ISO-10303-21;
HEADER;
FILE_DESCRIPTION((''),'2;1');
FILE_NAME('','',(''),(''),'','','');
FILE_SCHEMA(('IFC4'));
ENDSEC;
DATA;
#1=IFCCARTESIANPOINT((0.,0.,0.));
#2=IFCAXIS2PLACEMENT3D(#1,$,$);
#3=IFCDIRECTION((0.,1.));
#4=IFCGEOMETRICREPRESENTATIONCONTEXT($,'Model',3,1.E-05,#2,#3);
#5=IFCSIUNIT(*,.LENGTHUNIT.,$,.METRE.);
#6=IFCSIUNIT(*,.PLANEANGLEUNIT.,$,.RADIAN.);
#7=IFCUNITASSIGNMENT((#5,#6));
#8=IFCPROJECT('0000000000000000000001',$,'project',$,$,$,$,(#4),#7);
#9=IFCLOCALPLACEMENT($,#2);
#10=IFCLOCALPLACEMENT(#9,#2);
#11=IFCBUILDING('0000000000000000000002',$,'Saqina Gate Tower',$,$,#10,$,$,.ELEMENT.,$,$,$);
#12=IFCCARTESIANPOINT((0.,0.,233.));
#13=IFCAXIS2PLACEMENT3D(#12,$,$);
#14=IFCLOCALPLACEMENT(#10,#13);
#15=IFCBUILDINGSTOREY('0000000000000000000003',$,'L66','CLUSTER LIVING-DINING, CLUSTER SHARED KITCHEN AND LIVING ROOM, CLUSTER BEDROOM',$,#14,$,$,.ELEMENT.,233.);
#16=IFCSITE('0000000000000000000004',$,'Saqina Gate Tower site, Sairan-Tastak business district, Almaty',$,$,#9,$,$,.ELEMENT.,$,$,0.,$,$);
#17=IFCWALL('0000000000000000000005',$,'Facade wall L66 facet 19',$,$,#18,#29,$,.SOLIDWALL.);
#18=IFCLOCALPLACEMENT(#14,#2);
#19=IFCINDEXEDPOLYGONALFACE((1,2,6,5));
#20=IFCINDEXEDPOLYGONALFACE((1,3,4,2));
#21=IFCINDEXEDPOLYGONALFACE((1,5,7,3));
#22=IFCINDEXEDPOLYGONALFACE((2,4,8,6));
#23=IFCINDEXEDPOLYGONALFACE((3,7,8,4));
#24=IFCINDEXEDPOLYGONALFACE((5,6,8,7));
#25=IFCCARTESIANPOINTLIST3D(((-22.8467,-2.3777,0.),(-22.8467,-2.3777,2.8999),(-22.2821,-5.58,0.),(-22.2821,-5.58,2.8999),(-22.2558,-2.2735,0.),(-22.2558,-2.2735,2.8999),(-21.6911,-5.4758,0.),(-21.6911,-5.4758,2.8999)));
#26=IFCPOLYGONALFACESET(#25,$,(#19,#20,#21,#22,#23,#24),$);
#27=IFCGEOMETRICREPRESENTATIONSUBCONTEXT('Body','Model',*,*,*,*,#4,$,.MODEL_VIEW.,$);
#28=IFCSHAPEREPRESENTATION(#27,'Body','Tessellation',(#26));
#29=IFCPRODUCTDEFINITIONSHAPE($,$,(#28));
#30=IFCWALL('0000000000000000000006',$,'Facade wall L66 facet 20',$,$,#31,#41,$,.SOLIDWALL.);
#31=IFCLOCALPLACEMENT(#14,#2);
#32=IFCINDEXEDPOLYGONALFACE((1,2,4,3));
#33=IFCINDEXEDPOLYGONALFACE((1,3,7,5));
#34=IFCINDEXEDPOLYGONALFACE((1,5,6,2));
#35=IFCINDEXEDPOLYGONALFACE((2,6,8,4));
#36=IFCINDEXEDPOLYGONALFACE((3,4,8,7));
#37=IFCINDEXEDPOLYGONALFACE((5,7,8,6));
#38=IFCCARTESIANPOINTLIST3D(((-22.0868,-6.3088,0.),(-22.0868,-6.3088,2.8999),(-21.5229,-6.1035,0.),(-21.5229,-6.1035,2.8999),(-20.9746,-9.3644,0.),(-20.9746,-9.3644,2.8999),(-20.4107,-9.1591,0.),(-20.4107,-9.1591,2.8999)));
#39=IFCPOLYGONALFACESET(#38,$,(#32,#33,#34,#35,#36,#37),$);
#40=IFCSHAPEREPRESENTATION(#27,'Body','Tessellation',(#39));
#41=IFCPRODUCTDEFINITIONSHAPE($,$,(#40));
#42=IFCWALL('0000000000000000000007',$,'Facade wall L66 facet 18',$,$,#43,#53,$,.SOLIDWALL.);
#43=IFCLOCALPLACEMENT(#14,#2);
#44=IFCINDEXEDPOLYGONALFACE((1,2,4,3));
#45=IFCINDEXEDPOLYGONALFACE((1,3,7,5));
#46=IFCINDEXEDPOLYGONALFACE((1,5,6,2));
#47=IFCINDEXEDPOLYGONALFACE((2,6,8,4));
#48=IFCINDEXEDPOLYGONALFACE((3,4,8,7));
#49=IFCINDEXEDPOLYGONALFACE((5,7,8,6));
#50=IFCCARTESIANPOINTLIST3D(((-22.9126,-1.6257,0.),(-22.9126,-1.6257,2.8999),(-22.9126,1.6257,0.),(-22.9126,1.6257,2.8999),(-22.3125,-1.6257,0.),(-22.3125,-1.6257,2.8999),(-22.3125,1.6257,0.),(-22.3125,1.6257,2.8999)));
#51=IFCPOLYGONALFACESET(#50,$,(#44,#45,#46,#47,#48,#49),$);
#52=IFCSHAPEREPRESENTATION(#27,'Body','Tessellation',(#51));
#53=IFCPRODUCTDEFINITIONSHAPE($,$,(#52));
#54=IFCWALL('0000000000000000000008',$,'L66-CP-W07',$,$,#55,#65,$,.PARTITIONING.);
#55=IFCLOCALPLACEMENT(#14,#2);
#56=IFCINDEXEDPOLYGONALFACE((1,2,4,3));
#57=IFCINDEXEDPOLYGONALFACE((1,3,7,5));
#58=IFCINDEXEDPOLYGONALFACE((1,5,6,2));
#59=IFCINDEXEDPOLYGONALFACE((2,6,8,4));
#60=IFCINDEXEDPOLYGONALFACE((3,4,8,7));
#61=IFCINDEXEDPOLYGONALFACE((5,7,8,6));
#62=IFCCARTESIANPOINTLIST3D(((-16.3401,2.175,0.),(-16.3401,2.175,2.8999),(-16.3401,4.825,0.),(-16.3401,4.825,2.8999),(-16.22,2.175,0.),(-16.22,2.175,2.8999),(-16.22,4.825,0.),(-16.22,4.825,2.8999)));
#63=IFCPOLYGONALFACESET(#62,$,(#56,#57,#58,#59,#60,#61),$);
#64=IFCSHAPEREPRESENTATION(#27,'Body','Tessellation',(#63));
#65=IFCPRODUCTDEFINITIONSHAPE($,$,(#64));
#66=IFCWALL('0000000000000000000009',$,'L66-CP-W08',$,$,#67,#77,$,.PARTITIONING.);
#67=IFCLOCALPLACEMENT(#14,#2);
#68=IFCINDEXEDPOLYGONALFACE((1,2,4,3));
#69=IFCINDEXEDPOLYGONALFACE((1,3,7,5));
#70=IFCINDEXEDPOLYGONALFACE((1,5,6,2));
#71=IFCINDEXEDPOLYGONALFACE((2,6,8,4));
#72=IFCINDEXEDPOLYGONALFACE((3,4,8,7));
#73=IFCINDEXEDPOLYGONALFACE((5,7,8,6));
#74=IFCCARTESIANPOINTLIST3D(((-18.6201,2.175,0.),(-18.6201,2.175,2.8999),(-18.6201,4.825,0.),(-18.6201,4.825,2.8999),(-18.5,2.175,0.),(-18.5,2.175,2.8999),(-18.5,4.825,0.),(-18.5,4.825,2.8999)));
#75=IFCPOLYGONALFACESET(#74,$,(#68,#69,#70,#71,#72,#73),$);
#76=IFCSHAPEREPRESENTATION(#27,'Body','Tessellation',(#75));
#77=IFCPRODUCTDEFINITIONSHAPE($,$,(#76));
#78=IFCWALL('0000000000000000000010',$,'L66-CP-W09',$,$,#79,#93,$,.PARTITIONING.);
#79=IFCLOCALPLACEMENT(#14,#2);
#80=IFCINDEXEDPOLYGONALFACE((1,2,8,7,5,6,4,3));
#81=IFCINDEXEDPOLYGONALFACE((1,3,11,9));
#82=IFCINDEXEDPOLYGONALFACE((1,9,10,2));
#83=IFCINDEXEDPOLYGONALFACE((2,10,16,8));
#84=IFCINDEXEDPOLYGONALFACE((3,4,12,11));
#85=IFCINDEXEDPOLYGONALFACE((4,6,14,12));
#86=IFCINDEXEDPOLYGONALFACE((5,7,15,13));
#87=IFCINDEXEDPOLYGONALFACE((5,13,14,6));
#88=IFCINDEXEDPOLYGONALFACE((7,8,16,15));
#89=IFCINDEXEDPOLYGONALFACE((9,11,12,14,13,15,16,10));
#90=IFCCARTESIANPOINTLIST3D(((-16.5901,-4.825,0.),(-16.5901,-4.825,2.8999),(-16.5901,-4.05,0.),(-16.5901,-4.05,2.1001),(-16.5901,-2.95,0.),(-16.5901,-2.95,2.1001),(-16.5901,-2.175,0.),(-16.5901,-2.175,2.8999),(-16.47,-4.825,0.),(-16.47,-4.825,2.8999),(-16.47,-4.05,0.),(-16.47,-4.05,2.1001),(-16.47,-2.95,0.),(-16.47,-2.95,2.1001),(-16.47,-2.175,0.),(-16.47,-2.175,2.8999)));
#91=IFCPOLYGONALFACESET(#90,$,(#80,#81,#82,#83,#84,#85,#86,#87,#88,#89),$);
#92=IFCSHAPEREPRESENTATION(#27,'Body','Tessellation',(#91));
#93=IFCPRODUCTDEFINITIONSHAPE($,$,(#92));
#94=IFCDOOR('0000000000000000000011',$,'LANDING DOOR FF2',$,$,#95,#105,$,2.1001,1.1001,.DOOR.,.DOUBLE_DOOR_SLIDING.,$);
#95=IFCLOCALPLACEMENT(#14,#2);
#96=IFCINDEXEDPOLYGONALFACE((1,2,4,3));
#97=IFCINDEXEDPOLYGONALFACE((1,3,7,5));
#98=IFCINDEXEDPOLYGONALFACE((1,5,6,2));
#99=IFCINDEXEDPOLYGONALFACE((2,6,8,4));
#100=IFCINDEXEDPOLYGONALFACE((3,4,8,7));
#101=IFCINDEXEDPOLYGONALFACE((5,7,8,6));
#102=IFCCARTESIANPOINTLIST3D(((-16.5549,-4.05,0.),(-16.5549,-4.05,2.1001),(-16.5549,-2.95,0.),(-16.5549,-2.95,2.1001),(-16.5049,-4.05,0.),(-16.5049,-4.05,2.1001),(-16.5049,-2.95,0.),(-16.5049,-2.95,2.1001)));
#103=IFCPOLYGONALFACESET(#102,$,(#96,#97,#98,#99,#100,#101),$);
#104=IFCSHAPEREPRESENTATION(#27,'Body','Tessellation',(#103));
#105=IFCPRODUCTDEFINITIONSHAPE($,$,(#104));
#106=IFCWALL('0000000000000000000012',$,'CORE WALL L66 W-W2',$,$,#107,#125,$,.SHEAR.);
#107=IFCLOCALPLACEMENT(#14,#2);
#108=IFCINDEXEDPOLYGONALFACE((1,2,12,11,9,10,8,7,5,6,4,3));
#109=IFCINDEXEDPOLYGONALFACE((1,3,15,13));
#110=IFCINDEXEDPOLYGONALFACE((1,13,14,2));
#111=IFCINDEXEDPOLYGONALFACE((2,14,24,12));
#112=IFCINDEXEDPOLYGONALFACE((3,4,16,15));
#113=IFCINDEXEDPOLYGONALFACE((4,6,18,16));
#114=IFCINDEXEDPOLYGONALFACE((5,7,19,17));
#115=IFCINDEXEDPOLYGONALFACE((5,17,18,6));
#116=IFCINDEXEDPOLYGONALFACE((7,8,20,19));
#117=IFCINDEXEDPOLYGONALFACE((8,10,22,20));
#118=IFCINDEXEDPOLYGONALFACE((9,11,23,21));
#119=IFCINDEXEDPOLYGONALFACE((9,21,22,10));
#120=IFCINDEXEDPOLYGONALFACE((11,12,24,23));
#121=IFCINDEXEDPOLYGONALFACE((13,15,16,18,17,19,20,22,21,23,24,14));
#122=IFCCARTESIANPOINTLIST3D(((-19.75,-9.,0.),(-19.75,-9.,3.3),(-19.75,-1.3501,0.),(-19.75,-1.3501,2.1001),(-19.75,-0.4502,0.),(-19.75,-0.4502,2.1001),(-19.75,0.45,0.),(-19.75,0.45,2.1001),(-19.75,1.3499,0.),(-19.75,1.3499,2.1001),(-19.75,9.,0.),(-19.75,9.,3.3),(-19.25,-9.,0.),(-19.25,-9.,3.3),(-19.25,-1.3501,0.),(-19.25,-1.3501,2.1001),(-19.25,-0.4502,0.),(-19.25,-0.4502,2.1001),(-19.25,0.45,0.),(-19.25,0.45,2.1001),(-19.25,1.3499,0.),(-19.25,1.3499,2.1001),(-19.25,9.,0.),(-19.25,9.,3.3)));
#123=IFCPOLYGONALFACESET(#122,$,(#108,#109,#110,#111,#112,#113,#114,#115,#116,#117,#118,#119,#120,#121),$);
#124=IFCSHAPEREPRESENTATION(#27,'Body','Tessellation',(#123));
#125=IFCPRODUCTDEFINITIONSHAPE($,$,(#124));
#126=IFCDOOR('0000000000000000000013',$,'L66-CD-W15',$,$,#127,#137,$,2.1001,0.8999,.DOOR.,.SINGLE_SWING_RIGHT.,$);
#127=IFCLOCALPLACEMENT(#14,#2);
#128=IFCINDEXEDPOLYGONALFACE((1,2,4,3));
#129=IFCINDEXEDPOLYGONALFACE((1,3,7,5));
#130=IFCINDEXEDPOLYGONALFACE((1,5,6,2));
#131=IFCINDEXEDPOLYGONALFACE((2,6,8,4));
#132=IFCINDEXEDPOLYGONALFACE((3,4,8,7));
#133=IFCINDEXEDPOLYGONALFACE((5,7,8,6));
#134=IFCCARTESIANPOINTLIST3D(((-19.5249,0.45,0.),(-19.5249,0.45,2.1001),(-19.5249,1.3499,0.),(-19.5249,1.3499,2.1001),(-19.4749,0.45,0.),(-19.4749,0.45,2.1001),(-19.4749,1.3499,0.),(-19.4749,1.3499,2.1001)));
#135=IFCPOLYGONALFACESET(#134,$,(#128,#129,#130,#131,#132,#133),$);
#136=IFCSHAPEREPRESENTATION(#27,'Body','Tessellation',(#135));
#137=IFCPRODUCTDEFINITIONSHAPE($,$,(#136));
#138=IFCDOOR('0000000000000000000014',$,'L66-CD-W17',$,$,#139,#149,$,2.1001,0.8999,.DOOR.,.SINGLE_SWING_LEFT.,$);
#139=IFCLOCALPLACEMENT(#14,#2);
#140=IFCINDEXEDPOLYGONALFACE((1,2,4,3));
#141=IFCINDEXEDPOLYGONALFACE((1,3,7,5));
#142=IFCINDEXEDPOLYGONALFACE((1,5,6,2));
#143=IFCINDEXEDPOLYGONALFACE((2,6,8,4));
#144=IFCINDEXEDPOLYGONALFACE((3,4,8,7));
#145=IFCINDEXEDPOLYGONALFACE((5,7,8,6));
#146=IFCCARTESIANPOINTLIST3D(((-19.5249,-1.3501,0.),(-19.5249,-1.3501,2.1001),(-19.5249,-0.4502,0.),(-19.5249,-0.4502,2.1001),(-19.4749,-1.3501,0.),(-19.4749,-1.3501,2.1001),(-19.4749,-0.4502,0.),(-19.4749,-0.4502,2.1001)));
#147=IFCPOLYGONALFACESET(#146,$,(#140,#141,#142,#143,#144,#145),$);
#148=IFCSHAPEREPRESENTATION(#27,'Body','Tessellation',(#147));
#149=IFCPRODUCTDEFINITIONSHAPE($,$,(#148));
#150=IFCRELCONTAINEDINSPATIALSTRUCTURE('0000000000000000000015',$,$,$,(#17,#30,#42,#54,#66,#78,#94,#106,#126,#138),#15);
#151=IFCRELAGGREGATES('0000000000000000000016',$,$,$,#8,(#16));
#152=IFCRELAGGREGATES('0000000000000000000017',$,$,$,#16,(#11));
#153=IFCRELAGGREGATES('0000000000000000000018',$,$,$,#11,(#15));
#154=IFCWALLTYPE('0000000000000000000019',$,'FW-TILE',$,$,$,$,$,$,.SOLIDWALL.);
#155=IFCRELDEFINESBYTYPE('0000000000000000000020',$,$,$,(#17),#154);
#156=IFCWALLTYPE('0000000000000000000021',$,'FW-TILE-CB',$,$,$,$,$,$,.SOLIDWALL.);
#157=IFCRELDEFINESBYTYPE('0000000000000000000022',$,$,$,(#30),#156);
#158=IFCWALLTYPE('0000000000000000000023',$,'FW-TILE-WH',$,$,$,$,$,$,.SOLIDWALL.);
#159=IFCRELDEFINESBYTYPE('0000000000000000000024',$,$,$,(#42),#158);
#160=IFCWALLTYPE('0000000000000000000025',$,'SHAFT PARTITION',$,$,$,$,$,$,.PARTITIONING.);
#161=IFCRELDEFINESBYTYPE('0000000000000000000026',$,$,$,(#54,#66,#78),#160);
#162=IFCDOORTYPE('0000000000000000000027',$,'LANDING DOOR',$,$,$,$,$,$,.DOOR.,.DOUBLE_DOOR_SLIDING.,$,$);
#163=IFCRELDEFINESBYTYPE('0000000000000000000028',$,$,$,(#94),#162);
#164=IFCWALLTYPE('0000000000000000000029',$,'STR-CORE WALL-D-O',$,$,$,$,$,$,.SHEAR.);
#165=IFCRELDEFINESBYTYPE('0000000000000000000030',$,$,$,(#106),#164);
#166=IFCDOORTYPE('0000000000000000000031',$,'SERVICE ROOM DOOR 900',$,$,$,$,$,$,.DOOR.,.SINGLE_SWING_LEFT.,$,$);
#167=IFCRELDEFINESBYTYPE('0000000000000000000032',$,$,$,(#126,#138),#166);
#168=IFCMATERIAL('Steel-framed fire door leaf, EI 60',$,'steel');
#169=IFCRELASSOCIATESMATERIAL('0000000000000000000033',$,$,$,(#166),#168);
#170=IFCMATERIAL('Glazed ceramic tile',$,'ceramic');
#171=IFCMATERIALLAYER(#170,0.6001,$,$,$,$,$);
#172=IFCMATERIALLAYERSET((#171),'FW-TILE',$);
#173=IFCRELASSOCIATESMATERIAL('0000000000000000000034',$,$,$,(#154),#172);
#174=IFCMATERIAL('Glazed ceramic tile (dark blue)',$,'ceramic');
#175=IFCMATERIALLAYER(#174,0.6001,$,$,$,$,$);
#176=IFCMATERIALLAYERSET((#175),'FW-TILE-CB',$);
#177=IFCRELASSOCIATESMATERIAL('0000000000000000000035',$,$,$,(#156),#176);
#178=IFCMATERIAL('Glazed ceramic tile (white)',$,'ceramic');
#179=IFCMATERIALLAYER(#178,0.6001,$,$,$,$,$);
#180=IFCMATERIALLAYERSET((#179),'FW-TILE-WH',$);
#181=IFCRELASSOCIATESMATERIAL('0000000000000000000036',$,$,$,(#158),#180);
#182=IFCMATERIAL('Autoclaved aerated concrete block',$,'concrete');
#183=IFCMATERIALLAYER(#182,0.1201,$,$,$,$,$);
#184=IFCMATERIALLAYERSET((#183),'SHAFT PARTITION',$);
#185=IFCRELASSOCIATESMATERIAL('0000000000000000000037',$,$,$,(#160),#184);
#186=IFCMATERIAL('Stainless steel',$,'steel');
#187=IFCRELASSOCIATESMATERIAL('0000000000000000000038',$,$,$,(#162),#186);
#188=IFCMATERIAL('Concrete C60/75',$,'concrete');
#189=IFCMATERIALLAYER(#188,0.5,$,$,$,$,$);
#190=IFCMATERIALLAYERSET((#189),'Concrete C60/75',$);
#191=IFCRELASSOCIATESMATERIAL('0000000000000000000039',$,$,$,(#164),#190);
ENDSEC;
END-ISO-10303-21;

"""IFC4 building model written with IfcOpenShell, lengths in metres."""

from ifc_helpers import new_model, si_unit, direction, frame, frame_2d, origin, place, context, subcontext, project, spatial, rectangle, extrude, material, layer, layer_set, type_object, element, fill, save


model = new_model("IFC4")

# Units and contexts
model_context = context("Model", 3, precision=1e-05, world=origin(), true_north=direction((0.0, 1.0)))
body_context = subcontext(model_context, "Body", "Model", "MODEL_VIEW")
ifc_project = project(units=[si_unit("LENGTHUNIT", "METRE"), si_unit("PLANEANGLEUNIT", "RADIAN")], contexts=[model_context])

# Site, building, storey
site_placement = place(None, origin())
site = spatial("IfcSite", under=ifc_project, at=site_placement, Name="Saqina Gate Tower site, Sairan-Tastak business district, Almaty", CompositionType="ELEMENT", RefElevation=0.0)
building_placement = place(site_placement, origin())
building = spatial("IfcBuilding", under=site, at=building_placement, Name="Saqina Gate Tower", CompositionType="ELEMENT")
storey_placement = place(building_placement, frame((0.0, 0.0, 233.0)))
storey = spatial("IfcBuildingStorey", under=building, at=storey_placement, Name="L66", Description="CLUSTER LIVING-DINING, CLUSTER SHARED KITCHEN AND LIVING ROOM, CLUSTER BEDROOM", CompositionType="ELEMENT", Elevation=233.0)

# Shared definitions
ifc_material_1 = material(Name="Steel-framed fire door leaf, EI 60", Category="steel")
door_type_1 = type_object("IfcDoorType", Name="SERVICE ROOM DOOR 900", OperationType="SINGLE_SWING_LEFT", PredefinedType="DOOR", material=ifc_material_1)

# Walls
ifc_material_2 = material(Name="Glazed ceramic tile", Category="ceramic")
ifc_layer_1 = layer(ifc_material_2, 0.6001)
ifc_layer_set_1 = layer_set([ifc_layer_1], Name="FW-TILE")
wall_type_1 = type_object("IfcWallType", Name="FW-TILE", PredefinedType="SOLIDWALL", material=ifc_layer_set_1)
wall_1_placement = place(storey_placement, frame((-22.5513, -2.3254, 0.0), z_axis=(0.0, 0.0, 1.0), x_axis=(0.173657, -0.984806, 0.0)))
element("IfcWall", 1, at=wall_1_placement, inside=storey, type_object=wall_type_1, Name="Facade wall L66 facet 19", PredefinedType="SOLIDWALL", context=body_context, shape_type="SweptSolid", body=[
    extrude(rectangle(XDim=3.2517, YDim=0.6001, at=frame_2d((1.626, 0.0))), origin(), (0.0, 0.0, 1.0), 2.8999),
])
ifc_material_3 = material(Name="Glazed ceramic tile (dark blue)", Category="ceramic")
ifc_layer_2 = layer(ifc_material_3, 0.6001)
ifc_layer_set_2 = layer_set([ifc_layer_2], Name="FW-TILE-CB")
wall_type_2 = type_object("IfcWallType", Name="FW-TILE-CB", PredefinedType="SOLIDWALL", material=ifc_layer_set_2)
wall_2_placement = place(storey_placement, frame((-21.8049, -6.2061, 0.0), z_axis=(0.0, 0.0, 1.0), x_axis=(0.342057, -0.939679, 0.0)))
element("IfcWall", 2, at=wall_2_placement, inside=storey, type_object=wall_type_2, Name="Facade wall L66 facet 20", PredefinedType="SOLIDWALL", context=body_context, shape_type="SweptSolid", body=[
    extrude(rectangle(XDim=3.2517, YDim=0.6001, at=frame_2d((1.626, 0.0))), origin(), (0.0, 0.0, 1.0), 2.8999),
])
ifc_material_4 = material(Name="Glazed ceramic tile (white)", Category="ceramic")
ifc_layer_3 = layer(ifc_material_4, 0.6001)
ifc_layer_set_3 = layer_set([ifc_layer_3], Name="FW-TILE-WH")
wall_type_3 = type_object("IfcWallType", Name="FW-TILE-WH", PredefinedType="SOLIDWALL", material=ifc_layer_set_3)
wall_3_placement = place(storey_placement, frame((-22.6125, 1.6257, 0.0), z_axis=(0.0, 0.0, 1.0), x_axis=(0.0, -1.0, 0.0)))
element("IfcWall", 3, at=wall_3_placement, inside=storey, type_object=wall_type_3, Name="Facade wall L66 facet 18", PredefinedType="SOLIDWALL", context=body_context, shape_type="SweptSolid", body=[
    extrude(rectangle(XDim=3.2515, YDim=0.6001, at=frame_2d((1.6257, 0.0))), origin(), (0.0, 0.0, 1.0), 2.8999),
])
ifc_material_5 = material(Name="Autoclaved aerated concrete block", Category="concrete")
ifc_layer_4 = layer(ifc_material_5, 0.1201)
ifc_layer_set_4 = layer_set([ifc_layer_4], Name="SHAFT PARTITION")
wall_type_4 = type_object("IfcWallType", Name="SHAFT PARTITION", PredefinedType="PARTITIONING", material=ifc_layer_set_4)
for number, where, z_axis, x_axis, name in (
    (4, (-16.28, 2.175, 0.0), (0.0, 0.0, 1.0), (0.0, 1.0, 0.0), "L66-CP-W07"),
    (5, (-18.5601, 2.175, 0.0), (0.0, 0.0, 1.0), (0.0, 1.0, 0.0), "L66-CP-W08"),
):
    element("IfcWall", number, at=place(storey_placement, frame(where, z_axis=z_axis, x_axis=x_axis)), inside=storey, type_object=wall_type_4, Name=name, PredefinedType="PARTITIONING", context=body_context, shape_type="SweptSolid", body=[
        extrude(rectangle(XDim=2.6499, YDim=0.1201, at=frame_2d((1.325, 0.0))), origin(), (0.0, 0.0, 1.0), 2.8999),
    ])

# Wall, opening, door
wall_4_placement = place(storey_placement, frame((-16.53, -4.825, 0.0), z_axis=(0.0, 0.0, 1.0), x_axis=(0.0, 1.0, 0.0)))
wall_4 = element("IfcWall", 6, at=wall_4_placement, inside=storey, type_object=wall_type_4, Name="L66-CP-W09", PredefinedType="PARTITIONING", context=body_context, shape_type="SweptSolid", body=[
    extrude(rectangle(XDim=2.6499, YDim=0.1201, at=frame_2d((1.325, 0.0))), origin(), (0.0, 0.0, 1.0), 2.8999),
])
opening_1_placement = place(wall_4_placement, frame((0.7749, 0.0, 0.0)))
opening_1 = element("IfcOpeningElement", 7, at=opening_1_placement, cuts=wall_4, PredefinedType="OPENING", context=body_context, shape_type="SweptSolid", body=[
    extrude(rectangle(XDim=1.1001, YDim=2.1001, at=frame_2d((0.55, 1.05))), frame((0.0, 0.072, 0.0), z_axis=(0.0, -1.0, 0.0), x_axis=(1.0, 0.0, 0.0)), (0.0, 0.0, 1.0), 0.144),
])
ifc_material_6 = material(Name="Stainless steel", Category="steel")
door_type_2 = type_object("IfcDoorType", Name="LANDING DOOR", OperationType="DOUBLE_DOOR_SLIDING", PredefinedType="DOOR", material=ifc_material_6)
door_1_placement = place(opening_1_placement, origin())
door_1 = element("IfcDoor", 8, at=door_1_placement, inside=storey, type_object=door_type_2, Name="LANDING DOOR FF2", OperationType="DOUBLE_DOOR_SLIDING", OverallHeight=2.1001, OverallWidth=1.1001, PredefinedType="DOOR", context=body_context, shape_type="SweptSolid", body=[
    extrude(rectangle(XDim=1.1001, YDim=2.1001, at=frame_2d((0.55, 1.05))), frame((0.0, 0.0249, 0.0), z_axis=(0.0, -1.0, 0.0), x_axis=(1.0, 0.0, 0.0)), (0.0, 0.0, 1.0), 0.05),
])
fill(opening_1, door_1)

# Wall, openings, doors
ifc_material_7 = material(Name="Concrete C60/75", Category="concrete")
ifc_layer_5 = layer(ifc_material_7, 0.5)
ifc_layer_set_5 = layer_set([ifc_layer_5], Name="Concrete C60/75")
wall_type_5 = type_object("IfcWallType", Name="STR-CORE WALL-D-O", PredefinedType="SHEAR", material=ifc_layer_set_5)
wall_5_placement = place(storey_placement, frame((-19.5, -9.0, 0.0), z_axis=(0.0, 0.0, 1.0), x_axis=(0.0, 1.0, 0.0)))
wall_5 = element("IfcWall", 9, at=wall_5_placement, inside=storey, type_object=wall_type_5, Name="CORE WALL L66 W-W2", PredefinedType="SHEAR", context=body_context, shape_type="SweptSolid", body=[
    extrude(rectangle(XDim=18.0, YDim=0.5, at=frame_2d((9.0, 0.0))), origin(), (0.0, 0.0, 1.0), 3.3),
])
opening_2_placement = place(wall_5_placement, frame((9.45, 0.0, 0.0)))
opening_2 = element("IfcOpeningElement", 10, at=opening_2_placement, cuts=wall_5, PredefinedType="OPENING", context=body_context, shape_type="SweptSolid", body=[
    extrude(rectangle(XDim=0.8999, YDim=2.1001, at=frame_2d((0.45, 1.05))), frame((0.0, 0.262, 0.0), z_axis=(0.0, -1.0, 0.0), x_axis=(1.0, 0.0, 0.0)), (0.0, 0.0, 1.0), 0.5239),
])
opening_3_placement = place(wall_5_placement, frame((7.6499, 0.0, 0.0)))
opening_3 = element("IfcOpeningElement", 11, at=opening_3_placement, cuts=wall_5, PredefinedType="OPENING", context=body_context, shape_type="SweptSolid", body=[
    extrude(rectangle(XDim=0.8999, YDim=2.1001, at=frame_2d((0.45, 1.05))), frame((0.0, 0.262, 0.0), z_axis=(0.0, -1.0, 0.0), x_axis=(1.0, 0.0, 0.0)), (0.0, 0.0, 1.0), 0.5239),
])
door_2_placement = place(opening_2_placement, origin())
door_2 = element("IfcDoor", 12, at=door_2_placement, inside=storey, type_object=door_type_1, Name="L66-CD-W15", OperationType="SINGLE_SWING_RIGHT", OverallHeight=2.1001, OverallWidth=0.8999, PredefinedType="DOOR", context=body_context, shape_type="SweptSolid", body=[
    extrude(rectangle(XDim=0.8999, YDim=2.1001, at=frame_2d((0.45, 1.05))), frame((0.0, 0.0249, 0.0), z_axis=(0.0, -1.0, 0.0), x_axis=(1.0, 0.0, 0.0)), (0.0, 0.0, 1.0), 0.05),
])
fill(opening_2, door_2)
door_3_placement = place(opening_3_placement, origin())
door_3 = element("IfcDoor", 13, at=door_3_placement, inside=storey, type_object=door_type_1, Name="L66-CD-W17", OperationType="SINGLE_SWING_LEFT", OverallHeight=2.1001, OverallWidth=0.8999, PredefinedType="DOOR", context=body_context, shape_type="SweptSolid", body=[
    extrude(rectangle(XDim=0.8999, YDim=2.1001, at=frame_2d((0.45, 1.05))), frame((0.0, 0.0249, 0.0), z_axis=(0.0, -1.0, 0.0), x_axis=(1.0, 0.0, 0.0)), (0.0, 0.0, 1.0), 0.05),
])
fill(opening_3, door_3)

save(model, "model.ifc")
